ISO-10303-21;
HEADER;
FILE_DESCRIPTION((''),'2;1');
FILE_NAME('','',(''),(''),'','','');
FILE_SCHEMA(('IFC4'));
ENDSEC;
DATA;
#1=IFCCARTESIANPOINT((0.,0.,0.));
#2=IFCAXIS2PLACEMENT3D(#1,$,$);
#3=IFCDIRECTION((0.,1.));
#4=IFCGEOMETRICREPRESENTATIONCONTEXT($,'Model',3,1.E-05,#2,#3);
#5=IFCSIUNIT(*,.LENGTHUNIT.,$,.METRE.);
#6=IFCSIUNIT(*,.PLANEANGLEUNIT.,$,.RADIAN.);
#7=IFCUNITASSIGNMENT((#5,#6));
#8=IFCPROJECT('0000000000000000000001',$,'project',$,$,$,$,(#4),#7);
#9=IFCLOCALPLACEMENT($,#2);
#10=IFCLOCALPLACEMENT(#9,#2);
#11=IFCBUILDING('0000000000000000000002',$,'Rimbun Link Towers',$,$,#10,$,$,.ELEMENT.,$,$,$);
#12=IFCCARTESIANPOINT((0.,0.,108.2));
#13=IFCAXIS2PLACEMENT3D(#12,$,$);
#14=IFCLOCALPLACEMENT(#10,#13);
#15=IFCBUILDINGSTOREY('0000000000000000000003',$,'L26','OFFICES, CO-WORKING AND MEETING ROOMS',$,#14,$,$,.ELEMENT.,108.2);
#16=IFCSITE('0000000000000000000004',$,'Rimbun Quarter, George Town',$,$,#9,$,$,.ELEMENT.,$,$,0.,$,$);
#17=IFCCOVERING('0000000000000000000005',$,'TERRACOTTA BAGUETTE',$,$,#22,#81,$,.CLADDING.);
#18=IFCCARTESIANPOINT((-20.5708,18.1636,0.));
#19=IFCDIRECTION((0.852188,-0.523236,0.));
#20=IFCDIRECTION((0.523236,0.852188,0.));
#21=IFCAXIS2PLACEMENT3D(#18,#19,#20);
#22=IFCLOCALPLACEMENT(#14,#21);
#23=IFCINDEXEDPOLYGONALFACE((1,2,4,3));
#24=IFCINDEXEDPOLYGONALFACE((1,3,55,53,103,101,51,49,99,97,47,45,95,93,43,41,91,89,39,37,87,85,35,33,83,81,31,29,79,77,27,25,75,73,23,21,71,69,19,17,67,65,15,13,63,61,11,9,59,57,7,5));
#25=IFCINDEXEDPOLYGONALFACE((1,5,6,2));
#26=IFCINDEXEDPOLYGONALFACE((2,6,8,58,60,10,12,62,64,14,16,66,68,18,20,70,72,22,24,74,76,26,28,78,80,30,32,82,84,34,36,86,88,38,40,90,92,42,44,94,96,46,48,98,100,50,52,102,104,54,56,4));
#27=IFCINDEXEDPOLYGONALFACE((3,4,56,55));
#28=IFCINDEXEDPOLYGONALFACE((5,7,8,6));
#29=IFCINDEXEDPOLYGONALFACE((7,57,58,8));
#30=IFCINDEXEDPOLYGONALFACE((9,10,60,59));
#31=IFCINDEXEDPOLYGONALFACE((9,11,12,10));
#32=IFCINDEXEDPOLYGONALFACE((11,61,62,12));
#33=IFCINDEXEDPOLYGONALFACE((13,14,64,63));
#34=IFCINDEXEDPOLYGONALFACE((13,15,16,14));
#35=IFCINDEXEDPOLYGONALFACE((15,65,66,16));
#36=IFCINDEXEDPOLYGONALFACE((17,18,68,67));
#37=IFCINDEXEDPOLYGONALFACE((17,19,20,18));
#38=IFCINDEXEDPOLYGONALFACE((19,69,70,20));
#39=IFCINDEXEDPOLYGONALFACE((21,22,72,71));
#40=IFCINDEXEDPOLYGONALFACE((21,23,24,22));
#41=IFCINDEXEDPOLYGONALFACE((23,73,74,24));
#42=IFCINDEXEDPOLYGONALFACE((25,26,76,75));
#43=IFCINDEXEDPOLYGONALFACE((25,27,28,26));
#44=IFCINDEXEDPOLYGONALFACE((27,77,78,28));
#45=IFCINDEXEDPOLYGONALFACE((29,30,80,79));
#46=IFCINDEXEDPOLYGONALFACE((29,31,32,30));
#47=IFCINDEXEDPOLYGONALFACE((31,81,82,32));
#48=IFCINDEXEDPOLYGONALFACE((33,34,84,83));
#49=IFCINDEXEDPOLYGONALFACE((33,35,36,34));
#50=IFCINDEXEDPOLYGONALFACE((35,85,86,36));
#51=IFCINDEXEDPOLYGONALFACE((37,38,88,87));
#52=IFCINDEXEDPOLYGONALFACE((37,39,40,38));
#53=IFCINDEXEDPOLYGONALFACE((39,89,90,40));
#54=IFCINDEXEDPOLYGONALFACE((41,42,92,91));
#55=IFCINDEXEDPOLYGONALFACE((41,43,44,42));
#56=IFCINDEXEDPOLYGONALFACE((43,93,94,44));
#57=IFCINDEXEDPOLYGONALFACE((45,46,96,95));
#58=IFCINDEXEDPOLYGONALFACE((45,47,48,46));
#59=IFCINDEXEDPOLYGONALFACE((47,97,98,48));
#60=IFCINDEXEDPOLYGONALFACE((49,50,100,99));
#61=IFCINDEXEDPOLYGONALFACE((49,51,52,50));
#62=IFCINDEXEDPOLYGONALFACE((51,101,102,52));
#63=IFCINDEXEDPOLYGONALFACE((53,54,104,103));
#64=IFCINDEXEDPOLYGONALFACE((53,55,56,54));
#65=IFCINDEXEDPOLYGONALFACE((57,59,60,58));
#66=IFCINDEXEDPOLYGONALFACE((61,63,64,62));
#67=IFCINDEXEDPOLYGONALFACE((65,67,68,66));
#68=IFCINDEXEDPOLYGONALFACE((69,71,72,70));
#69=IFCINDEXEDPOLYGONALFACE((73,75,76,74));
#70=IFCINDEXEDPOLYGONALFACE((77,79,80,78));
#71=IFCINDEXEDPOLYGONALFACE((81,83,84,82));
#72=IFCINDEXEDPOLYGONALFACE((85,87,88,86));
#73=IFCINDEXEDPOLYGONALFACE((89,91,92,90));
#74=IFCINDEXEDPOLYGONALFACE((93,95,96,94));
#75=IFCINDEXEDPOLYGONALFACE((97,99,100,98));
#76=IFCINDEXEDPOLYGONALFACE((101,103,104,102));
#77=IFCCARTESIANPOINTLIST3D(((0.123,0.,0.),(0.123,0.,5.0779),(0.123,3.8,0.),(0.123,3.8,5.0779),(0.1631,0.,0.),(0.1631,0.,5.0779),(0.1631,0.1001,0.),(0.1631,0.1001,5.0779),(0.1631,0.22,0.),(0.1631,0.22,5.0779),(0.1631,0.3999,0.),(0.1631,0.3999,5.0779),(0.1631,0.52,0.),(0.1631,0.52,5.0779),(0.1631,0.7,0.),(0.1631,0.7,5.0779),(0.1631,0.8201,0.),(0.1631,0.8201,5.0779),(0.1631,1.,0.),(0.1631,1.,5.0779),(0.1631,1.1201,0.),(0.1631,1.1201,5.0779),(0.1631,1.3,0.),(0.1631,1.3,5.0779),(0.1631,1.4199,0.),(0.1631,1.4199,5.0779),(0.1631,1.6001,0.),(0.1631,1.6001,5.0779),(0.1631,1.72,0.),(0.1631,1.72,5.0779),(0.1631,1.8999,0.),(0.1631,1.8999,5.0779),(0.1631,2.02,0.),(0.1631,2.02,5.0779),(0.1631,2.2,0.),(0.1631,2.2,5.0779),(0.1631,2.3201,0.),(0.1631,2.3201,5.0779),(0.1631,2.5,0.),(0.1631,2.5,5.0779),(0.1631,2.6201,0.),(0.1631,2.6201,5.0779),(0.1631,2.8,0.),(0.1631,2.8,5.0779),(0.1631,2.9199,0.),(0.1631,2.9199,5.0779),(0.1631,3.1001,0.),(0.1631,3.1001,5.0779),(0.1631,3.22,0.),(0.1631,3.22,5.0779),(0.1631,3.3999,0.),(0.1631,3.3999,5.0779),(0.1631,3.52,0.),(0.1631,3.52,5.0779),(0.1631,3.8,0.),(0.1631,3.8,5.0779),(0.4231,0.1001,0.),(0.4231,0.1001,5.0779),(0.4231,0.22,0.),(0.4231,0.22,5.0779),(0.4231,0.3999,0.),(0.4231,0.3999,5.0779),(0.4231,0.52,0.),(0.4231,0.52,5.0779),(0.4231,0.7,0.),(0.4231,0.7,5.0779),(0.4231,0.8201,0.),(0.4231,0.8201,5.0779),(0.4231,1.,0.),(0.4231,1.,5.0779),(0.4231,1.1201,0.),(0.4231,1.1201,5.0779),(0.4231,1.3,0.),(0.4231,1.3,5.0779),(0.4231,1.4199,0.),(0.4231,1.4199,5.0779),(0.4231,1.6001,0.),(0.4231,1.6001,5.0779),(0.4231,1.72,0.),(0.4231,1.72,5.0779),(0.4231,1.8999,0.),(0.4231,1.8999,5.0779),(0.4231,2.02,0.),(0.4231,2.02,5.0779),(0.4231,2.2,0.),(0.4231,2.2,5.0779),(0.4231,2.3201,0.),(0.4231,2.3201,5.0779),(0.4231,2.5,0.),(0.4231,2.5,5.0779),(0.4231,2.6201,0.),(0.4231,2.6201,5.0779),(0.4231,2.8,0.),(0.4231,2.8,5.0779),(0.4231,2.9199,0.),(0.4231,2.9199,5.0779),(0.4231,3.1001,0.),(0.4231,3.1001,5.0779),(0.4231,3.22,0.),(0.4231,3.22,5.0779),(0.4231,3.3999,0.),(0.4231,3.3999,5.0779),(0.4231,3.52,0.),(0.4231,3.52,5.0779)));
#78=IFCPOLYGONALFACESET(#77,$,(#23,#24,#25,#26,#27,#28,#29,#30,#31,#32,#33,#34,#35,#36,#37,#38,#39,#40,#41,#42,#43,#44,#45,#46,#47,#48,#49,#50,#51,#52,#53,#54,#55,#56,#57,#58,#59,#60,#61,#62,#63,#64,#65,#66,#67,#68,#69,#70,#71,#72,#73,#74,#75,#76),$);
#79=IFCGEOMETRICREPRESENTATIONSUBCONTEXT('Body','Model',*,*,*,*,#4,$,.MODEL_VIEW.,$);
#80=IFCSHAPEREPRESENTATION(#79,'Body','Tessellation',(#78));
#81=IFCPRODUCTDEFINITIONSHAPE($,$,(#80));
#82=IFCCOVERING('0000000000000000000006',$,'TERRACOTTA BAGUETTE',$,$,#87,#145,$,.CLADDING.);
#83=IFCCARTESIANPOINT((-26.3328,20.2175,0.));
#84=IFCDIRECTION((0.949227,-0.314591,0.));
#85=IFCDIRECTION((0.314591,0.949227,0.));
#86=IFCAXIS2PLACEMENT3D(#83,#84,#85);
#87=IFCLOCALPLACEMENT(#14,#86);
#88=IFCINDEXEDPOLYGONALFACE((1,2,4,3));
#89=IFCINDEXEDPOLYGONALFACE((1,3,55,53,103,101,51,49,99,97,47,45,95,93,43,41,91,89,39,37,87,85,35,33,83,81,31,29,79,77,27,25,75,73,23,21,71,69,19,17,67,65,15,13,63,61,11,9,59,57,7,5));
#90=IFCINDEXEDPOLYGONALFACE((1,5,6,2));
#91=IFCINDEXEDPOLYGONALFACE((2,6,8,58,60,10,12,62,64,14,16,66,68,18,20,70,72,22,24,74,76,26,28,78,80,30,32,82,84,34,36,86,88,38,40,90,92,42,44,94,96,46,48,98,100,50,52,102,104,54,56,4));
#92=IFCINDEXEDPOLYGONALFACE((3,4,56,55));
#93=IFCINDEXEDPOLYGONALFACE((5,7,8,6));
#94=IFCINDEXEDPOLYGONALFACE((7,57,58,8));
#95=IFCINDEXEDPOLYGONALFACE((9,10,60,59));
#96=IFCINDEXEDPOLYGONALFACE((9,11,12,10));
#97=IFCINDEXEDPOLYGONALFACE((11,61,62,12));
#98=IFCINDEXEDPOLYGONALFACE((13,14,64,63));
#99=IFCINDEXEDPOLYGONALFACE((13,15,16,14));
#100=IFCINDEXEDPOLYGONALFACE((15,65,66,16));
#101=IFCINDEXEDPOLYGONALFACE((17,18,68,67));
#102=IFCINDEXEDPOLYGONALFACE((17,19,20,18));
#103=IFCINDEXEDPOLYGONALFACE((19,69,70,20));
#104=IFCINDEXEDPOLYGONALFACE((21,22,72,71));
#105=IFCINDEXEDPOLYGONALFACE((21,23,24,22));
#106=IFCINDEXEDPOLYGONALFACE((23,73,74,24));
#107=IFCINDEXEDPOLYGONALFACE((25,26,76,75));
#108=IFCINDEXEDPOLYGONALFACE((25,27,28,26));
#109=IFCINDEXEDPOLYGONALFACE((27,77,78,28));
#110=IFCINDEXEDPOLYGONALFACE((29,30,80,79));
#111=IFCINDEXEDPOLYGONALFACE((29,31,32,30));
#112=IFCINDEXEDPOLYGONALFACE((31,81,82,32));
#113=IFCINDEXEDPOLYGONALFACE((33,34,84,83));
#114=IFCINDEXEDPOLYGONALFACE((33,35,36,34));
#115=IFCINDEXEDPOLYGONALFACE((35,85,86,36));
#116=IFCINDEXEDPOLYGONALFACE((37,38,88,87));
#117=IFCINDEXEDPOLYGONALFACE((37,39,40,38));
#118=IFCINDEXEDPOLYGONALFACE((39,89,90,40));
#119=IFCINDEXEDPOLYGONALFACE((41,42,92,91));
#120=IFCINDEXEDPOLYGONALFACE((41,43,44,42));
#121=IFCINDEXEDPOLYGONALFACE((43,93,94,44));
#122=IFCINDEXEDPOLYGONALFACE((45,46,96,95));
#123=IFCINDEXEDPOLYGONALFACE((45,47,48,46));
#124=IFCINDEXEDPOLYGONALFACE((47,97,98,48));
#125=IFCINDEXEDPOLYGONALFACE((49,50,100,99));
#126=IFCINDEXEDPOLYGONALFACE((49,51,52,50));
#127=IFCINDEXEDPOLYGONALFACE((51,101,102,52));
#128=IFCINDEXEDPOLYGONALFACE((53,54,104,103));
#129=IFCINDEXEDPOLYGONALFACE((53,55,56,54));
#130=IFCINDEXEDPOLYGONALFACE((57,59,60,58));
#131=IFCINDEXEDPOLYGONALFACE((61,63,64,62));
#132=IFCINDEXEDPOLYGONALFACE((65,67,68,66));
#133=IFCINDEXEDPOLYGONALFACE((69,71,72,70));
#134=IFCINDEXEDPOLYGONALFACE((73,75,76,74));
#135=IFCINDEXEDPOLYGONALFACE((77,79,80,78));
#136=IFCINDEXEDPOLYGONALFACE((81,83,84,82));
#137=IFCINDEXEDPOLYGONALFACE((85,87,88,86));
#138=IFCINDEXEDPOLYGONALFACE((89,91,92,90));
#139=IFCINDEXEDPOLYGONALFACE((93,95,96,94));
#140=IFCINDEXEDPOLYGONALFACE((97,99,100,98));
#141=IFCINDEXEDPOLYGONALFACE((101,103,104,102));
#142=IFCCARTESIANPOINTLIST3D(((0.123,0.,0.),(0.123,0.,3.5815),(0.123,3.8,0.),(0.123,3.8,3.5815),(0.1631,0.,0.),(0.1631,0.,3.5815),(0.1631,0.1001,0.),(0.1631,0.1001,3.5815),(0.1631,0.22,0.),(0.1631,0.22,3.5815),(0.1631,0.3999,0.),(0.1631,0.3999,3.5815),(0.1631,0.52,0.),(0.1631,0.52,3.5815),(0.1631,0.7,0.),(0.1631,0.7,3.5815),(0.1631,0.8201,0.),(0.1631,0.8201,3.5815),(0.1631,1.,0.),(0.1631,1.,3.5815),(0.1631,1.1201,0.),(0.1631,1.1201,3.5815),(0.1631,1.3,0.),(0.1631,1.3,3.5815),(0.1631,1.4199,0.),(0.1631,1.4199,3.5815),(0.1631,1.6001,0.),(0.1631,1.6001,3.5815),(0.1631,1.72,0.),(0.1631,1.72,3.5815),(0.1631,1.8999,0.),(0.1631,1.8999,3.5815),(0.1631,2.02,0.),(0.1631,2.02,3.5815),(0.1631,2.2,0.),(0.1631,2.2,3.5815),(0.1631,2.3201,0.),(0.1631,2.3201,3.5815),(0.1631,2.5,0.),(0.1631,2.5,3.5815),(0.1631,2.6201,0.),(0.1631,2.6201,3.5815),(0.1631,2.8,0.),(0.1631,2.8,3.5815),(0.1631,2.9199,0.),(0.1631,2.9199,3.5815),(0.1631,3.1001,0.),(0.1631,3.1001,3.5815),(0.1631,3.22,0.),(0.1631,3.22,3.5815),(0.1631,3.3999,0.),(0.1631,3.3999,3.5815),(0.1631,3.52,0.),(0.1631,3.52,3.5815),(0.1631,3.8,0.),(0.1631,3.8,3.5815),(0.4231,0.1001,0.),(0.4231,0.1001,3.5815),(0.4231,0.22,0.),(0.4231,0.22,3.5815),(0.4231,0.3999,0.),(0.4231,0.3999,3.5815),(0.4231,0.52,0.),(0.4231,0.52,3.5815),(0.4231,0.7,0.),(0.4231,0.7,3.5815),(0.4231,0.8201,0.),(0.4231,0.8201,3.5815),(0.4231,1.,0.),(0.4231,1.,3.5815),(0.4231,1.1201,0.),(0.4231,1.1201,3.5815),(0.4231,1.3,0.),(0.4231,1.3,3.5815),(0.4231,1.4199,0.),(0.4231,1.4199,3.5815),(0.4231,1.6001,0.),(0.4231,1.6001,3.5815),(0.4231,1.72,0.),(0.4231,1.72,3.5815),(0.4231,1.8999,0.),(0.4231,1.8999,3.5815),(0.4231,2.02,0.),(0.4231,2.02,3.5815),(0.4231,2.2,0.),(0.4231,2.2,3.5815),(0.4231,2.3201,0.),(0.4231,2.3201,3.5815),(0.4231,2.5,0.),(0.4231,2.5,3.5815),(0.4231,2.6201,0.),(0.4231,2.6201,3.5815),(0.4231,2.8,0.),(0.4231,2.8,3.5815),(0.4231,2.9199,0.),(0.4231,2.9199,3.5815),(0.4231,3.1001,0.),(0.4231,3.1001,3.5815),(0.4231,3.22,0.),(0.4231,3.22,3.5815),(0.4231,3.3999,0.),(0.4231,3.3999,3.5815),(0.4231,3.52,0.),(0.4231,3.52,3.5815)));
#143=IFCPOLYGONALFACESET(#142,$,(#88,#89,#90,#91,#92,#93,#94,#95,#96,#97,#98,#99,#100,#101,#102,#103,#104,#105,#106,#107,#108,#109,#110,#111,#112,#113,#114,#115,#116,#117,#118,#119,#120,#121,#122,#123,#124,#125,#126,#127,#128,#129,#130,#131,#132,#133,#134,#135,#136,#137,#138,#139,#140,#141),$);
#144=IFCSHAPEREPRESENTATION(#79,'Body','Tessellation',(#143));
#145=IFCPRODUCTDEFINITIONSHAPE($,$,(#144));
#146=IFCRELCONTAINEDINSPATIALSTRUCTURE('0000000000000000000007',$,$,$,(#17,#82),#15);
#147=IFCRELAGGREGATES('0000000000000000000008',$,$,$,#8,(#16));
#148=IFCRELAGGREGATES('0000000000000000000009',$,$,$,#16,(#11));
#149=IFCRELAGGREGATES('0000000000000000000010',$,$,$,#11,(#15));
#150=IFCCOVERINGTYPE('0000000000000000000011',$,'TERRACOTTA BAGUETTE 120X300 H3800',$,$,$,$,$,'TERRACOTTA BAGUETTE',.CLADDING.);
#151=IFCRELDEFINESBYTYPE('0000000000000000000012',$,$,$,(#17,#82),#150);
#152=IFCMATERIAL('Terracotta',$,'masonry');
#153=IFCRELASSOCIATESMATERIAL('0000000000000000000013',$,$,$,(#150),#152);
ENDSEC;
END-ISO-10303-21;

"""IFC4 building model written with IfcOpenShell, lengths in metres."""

from ifc_helpers import new_model, si_unit, direction, frame, origin, place, context, subcontext, project, spatial, polyline, outline, extrude, material, material_profile, profile_set, type_object, element, save


model = new_model("IFC4")

# Units and contexts
model_context = context("Model", 3, precision=1e-05, world=origin(), true_north=direction((0.0, 1.0)))
body_context = subcontext(model_context, "Body", "Model", "MODEL_VIEW")
ifc_project = project(units=[si_unit("LENGTHUNIT", "METRE"), si_unit("PLANEANGLEUNIT", "RADIAN")], contexts=[model_context])

# Site, building, storey
site_placement = place(None, origin())
site = spatial("IfcSite", under=ifc_project, at=site_placement, Name="Rimbun Quarter, George Town", CompositionType="ELEMENT", RefElevation=0.0)
building_placement = place(site_placement, origin())
building = spatial("IfcBuilding", under=site, at=building_placement, Name="Rimbun Link Towers", CompositionType="ELEMENT")
storey_placement = place(building_placement, frame((0.0, 0.0, 108.2)))
storey = spatial("IfcBuildingStorey", under=building, at=storey_placement, Name="L26", Description="OFFICES, CO-WORKING AND MEETING ROOMS", CompositionType="ELEMENT", Elevation=108.2)

# Coverings
ifc_material_1 = material(Name="Terracotta", Category="masonry")
ifc_material_profile_1 = material_profile(ifc_material_1, outline(polyline([(0.123, 0.0), (0.1631, 0.0), (0.1631, 0.1001), (0.4231, 0.1001), (0.4231, 0.22), (0.1631, 0.22), (0.1631, 0.3999), (0.4231, 0.3999), (0.4231, 0.52), (0.1631, 0.52), (0.1631, 0.7), (0.4231, 0.7), (0.4231, 0.8201), (0.1631, 0.8201), (0.1631, 1.0), (0.4231, 1.0), (0.4231, 1.1201), (0.1631, 1.1201), (0.1631, 1.3), (0.4231, 1.3), (0.4231, 1.4199), (0.1631, 1.4199), (0.1631, 1.6001), (0.4231, 1.6001), (0.4231, 1.72), (0.1631, 1.72), (0.1631, 1.8999), (0.4231, 1.8999), (0.4231, 2.02), (0.1631, 2.02), (0.1631, 2.2), (0.4231, 2.2), (0.4231, 2.3201), (0.1631, 2.3201), (0.1631, 2.5), (0.4231, 2.5), (0.4231, 2.6201), (0.1631, 2.6201), (0.1631, 2.8), (0.4231, 2.8), (0.4231, 2.9199), (0.1631, 2.9199), (0.1631, 3.1001), (0.4231, 3.1001), (0.4231, 3.22), (0.1631, 3.22), (0.1631, 3.3999), (0.4231, 3.3999), (0.4231, 3.52), (0.1631, 3.52), (0.1631, 3.8), (0.123, 3.8), (0.123, 0.0)])), Name="BAGUETTE 120X300")
ifc_profile_set_1 = profile_set([ifc_material_profile_1], Name="Terracotta")
covering_type = type_object("IfcCoveringType", Name="TERRACOTTA BAGUETTE 120X300 H3800", ElementType="TERRACOTTA BAGUETTE", PredefinedType="CLADDING", material=ifc_profile_set_1)
covering_1_placement = place(storey_placement, frame((-20.5708, 18.1636, 0.0), z_axis=(0.852188, -0.523236, 0.0), x_axis=(0.523236, 0.852188, 0.0)))
element("IfcCovering", 1, at=covering_1_placement, inside=storey, type_object=covering_type, Name="TERRACOTTA BAGUETTE", PredefinedType="CLADDING", context=body_context, shape_type="SweptSolid", body=[
    extrude(outline(polyline([(0.123, 0.0), (0.1631, 0.0), (0.1631, 0.1001), (0.4231, 0.1001), (0.4231, 0.22), (0.1631, 0.22), (0.1631, 0.3999), (0.4231, 0.3999), (0.4231, 0.52), (0.1631, 0.52), (0.1631, 0.7), (0.4231, 0.7), (0.4231, 0.8201), (0.1631, 0.8201), (0.1631, 1.0), (0.4231, 1.0), (0.4231, 1.1201), (0.1631, 1.1201), (0.1631, 1.3), (0.4231, 1.3), (0.4231, 1.4199), (0.1631, 1.4199), (0.1631, 1.6001), (0.4231, 1.6001), (0.4231, 1.72), (0.1631, 1.72), (0.1631, 1.8999), (0.4231, 1.8999), (0.4231, 2.02), (0.1631, 2.02), (0.1631, 2.2), (0.4231, 2.2), (0.4231, 2.3201), (0.1631, 2.3201), (0.1631, 2.5), (0.4231, 2.5), (0.4231, 2.6201), (0.1631, 2.6201), (0.1631, 2.8), (0.4231, 2.8), (0.4231, 2.9199), (0.1631, 2.9199), (0.1631, 3.1001), (0.4231, 3.1001), (0.4231, 3.22), (0.1631, 3.22), (0.1631, 3.3999), (0.4231, 3.3999), (0.4231, 3.52), (0.1631, 3.52), (0.1631, 3.8), (0.123, 3.8), (0.123, 0.0)])), origin(), (0.0, 0.0, 1.0), 5.0779),
])
covering_2_placement = place(storey_placement, frame((-26.3328, 20.2175, 0.0), z_axis=(0.949227, -0.314591, 0.0), x_axis=(0.314591, 0.949227, 0.0)))
element("IfcCovering", 2, at=covering_2_placement, inside=storey, type_object=covering_type, Name="TERRACOTTA BAGUETTE", PredefinedType="CLADDING", context=body_context, shape_type="SweptSolid", body=[
    extrude(outline(polyline([(0.123, 0.0), (0.1631, 0.0), (0.1631, 0.1001), (0.4231, 0.1001), (0.4231, 0.22), (0.1631, 0.22), (0.1631, 0.3999), (0.4231, 0.3999), (0.4231, 0.52), (0.1631, 0.52), (0.1631, 0.7), (0.4231, 0.7), (0.4231, 0.8201), (0.1631, 0.8201), (0.1631, 1.0), (0.4231, 1.0), (0.4231, 1.1201), (0.1631, 1.1201), (0.1631, 1.3), (0.4231, 1.3), (0.4231, 1.4199), (0.1631, 1.4199), (0.1631, 1.6001), (0.4231, 1.6001), (0.4231, 1.72), (0.1631, 1.72), (0.1631, 1.8999), (0.4231, 1.8999), (0.4231, 2.02), (0.1631, 2.02), (0.1631, 2.2), (0.4231, 2.2), (0.4231, 2.3201), (0.1631, 2.3201), (0.1631, 2.5), (0.4231, 2.5), (0.4231, 2.6201), (0.1631, 2.6201), (0.1631, 2.8), (0.4231, 2.8), (0.4231, 2.9199), (0.1631, 2.9199), (0.1631, 3.1001), (0.4231, 3.1001), (0.4231, 3.22), (0.1631, 3.22), (0.1631, 3.3999), (0.4231, 3.3999), (0.4231, 3.52), (0.1631, 3.52), (0.1631, 3.8), (0.123, 3.8), (0.123, 0.0)])), origin(), (0.0, 0.0, 1.0), 3.5815),
])

save(model, "model.ifc")
